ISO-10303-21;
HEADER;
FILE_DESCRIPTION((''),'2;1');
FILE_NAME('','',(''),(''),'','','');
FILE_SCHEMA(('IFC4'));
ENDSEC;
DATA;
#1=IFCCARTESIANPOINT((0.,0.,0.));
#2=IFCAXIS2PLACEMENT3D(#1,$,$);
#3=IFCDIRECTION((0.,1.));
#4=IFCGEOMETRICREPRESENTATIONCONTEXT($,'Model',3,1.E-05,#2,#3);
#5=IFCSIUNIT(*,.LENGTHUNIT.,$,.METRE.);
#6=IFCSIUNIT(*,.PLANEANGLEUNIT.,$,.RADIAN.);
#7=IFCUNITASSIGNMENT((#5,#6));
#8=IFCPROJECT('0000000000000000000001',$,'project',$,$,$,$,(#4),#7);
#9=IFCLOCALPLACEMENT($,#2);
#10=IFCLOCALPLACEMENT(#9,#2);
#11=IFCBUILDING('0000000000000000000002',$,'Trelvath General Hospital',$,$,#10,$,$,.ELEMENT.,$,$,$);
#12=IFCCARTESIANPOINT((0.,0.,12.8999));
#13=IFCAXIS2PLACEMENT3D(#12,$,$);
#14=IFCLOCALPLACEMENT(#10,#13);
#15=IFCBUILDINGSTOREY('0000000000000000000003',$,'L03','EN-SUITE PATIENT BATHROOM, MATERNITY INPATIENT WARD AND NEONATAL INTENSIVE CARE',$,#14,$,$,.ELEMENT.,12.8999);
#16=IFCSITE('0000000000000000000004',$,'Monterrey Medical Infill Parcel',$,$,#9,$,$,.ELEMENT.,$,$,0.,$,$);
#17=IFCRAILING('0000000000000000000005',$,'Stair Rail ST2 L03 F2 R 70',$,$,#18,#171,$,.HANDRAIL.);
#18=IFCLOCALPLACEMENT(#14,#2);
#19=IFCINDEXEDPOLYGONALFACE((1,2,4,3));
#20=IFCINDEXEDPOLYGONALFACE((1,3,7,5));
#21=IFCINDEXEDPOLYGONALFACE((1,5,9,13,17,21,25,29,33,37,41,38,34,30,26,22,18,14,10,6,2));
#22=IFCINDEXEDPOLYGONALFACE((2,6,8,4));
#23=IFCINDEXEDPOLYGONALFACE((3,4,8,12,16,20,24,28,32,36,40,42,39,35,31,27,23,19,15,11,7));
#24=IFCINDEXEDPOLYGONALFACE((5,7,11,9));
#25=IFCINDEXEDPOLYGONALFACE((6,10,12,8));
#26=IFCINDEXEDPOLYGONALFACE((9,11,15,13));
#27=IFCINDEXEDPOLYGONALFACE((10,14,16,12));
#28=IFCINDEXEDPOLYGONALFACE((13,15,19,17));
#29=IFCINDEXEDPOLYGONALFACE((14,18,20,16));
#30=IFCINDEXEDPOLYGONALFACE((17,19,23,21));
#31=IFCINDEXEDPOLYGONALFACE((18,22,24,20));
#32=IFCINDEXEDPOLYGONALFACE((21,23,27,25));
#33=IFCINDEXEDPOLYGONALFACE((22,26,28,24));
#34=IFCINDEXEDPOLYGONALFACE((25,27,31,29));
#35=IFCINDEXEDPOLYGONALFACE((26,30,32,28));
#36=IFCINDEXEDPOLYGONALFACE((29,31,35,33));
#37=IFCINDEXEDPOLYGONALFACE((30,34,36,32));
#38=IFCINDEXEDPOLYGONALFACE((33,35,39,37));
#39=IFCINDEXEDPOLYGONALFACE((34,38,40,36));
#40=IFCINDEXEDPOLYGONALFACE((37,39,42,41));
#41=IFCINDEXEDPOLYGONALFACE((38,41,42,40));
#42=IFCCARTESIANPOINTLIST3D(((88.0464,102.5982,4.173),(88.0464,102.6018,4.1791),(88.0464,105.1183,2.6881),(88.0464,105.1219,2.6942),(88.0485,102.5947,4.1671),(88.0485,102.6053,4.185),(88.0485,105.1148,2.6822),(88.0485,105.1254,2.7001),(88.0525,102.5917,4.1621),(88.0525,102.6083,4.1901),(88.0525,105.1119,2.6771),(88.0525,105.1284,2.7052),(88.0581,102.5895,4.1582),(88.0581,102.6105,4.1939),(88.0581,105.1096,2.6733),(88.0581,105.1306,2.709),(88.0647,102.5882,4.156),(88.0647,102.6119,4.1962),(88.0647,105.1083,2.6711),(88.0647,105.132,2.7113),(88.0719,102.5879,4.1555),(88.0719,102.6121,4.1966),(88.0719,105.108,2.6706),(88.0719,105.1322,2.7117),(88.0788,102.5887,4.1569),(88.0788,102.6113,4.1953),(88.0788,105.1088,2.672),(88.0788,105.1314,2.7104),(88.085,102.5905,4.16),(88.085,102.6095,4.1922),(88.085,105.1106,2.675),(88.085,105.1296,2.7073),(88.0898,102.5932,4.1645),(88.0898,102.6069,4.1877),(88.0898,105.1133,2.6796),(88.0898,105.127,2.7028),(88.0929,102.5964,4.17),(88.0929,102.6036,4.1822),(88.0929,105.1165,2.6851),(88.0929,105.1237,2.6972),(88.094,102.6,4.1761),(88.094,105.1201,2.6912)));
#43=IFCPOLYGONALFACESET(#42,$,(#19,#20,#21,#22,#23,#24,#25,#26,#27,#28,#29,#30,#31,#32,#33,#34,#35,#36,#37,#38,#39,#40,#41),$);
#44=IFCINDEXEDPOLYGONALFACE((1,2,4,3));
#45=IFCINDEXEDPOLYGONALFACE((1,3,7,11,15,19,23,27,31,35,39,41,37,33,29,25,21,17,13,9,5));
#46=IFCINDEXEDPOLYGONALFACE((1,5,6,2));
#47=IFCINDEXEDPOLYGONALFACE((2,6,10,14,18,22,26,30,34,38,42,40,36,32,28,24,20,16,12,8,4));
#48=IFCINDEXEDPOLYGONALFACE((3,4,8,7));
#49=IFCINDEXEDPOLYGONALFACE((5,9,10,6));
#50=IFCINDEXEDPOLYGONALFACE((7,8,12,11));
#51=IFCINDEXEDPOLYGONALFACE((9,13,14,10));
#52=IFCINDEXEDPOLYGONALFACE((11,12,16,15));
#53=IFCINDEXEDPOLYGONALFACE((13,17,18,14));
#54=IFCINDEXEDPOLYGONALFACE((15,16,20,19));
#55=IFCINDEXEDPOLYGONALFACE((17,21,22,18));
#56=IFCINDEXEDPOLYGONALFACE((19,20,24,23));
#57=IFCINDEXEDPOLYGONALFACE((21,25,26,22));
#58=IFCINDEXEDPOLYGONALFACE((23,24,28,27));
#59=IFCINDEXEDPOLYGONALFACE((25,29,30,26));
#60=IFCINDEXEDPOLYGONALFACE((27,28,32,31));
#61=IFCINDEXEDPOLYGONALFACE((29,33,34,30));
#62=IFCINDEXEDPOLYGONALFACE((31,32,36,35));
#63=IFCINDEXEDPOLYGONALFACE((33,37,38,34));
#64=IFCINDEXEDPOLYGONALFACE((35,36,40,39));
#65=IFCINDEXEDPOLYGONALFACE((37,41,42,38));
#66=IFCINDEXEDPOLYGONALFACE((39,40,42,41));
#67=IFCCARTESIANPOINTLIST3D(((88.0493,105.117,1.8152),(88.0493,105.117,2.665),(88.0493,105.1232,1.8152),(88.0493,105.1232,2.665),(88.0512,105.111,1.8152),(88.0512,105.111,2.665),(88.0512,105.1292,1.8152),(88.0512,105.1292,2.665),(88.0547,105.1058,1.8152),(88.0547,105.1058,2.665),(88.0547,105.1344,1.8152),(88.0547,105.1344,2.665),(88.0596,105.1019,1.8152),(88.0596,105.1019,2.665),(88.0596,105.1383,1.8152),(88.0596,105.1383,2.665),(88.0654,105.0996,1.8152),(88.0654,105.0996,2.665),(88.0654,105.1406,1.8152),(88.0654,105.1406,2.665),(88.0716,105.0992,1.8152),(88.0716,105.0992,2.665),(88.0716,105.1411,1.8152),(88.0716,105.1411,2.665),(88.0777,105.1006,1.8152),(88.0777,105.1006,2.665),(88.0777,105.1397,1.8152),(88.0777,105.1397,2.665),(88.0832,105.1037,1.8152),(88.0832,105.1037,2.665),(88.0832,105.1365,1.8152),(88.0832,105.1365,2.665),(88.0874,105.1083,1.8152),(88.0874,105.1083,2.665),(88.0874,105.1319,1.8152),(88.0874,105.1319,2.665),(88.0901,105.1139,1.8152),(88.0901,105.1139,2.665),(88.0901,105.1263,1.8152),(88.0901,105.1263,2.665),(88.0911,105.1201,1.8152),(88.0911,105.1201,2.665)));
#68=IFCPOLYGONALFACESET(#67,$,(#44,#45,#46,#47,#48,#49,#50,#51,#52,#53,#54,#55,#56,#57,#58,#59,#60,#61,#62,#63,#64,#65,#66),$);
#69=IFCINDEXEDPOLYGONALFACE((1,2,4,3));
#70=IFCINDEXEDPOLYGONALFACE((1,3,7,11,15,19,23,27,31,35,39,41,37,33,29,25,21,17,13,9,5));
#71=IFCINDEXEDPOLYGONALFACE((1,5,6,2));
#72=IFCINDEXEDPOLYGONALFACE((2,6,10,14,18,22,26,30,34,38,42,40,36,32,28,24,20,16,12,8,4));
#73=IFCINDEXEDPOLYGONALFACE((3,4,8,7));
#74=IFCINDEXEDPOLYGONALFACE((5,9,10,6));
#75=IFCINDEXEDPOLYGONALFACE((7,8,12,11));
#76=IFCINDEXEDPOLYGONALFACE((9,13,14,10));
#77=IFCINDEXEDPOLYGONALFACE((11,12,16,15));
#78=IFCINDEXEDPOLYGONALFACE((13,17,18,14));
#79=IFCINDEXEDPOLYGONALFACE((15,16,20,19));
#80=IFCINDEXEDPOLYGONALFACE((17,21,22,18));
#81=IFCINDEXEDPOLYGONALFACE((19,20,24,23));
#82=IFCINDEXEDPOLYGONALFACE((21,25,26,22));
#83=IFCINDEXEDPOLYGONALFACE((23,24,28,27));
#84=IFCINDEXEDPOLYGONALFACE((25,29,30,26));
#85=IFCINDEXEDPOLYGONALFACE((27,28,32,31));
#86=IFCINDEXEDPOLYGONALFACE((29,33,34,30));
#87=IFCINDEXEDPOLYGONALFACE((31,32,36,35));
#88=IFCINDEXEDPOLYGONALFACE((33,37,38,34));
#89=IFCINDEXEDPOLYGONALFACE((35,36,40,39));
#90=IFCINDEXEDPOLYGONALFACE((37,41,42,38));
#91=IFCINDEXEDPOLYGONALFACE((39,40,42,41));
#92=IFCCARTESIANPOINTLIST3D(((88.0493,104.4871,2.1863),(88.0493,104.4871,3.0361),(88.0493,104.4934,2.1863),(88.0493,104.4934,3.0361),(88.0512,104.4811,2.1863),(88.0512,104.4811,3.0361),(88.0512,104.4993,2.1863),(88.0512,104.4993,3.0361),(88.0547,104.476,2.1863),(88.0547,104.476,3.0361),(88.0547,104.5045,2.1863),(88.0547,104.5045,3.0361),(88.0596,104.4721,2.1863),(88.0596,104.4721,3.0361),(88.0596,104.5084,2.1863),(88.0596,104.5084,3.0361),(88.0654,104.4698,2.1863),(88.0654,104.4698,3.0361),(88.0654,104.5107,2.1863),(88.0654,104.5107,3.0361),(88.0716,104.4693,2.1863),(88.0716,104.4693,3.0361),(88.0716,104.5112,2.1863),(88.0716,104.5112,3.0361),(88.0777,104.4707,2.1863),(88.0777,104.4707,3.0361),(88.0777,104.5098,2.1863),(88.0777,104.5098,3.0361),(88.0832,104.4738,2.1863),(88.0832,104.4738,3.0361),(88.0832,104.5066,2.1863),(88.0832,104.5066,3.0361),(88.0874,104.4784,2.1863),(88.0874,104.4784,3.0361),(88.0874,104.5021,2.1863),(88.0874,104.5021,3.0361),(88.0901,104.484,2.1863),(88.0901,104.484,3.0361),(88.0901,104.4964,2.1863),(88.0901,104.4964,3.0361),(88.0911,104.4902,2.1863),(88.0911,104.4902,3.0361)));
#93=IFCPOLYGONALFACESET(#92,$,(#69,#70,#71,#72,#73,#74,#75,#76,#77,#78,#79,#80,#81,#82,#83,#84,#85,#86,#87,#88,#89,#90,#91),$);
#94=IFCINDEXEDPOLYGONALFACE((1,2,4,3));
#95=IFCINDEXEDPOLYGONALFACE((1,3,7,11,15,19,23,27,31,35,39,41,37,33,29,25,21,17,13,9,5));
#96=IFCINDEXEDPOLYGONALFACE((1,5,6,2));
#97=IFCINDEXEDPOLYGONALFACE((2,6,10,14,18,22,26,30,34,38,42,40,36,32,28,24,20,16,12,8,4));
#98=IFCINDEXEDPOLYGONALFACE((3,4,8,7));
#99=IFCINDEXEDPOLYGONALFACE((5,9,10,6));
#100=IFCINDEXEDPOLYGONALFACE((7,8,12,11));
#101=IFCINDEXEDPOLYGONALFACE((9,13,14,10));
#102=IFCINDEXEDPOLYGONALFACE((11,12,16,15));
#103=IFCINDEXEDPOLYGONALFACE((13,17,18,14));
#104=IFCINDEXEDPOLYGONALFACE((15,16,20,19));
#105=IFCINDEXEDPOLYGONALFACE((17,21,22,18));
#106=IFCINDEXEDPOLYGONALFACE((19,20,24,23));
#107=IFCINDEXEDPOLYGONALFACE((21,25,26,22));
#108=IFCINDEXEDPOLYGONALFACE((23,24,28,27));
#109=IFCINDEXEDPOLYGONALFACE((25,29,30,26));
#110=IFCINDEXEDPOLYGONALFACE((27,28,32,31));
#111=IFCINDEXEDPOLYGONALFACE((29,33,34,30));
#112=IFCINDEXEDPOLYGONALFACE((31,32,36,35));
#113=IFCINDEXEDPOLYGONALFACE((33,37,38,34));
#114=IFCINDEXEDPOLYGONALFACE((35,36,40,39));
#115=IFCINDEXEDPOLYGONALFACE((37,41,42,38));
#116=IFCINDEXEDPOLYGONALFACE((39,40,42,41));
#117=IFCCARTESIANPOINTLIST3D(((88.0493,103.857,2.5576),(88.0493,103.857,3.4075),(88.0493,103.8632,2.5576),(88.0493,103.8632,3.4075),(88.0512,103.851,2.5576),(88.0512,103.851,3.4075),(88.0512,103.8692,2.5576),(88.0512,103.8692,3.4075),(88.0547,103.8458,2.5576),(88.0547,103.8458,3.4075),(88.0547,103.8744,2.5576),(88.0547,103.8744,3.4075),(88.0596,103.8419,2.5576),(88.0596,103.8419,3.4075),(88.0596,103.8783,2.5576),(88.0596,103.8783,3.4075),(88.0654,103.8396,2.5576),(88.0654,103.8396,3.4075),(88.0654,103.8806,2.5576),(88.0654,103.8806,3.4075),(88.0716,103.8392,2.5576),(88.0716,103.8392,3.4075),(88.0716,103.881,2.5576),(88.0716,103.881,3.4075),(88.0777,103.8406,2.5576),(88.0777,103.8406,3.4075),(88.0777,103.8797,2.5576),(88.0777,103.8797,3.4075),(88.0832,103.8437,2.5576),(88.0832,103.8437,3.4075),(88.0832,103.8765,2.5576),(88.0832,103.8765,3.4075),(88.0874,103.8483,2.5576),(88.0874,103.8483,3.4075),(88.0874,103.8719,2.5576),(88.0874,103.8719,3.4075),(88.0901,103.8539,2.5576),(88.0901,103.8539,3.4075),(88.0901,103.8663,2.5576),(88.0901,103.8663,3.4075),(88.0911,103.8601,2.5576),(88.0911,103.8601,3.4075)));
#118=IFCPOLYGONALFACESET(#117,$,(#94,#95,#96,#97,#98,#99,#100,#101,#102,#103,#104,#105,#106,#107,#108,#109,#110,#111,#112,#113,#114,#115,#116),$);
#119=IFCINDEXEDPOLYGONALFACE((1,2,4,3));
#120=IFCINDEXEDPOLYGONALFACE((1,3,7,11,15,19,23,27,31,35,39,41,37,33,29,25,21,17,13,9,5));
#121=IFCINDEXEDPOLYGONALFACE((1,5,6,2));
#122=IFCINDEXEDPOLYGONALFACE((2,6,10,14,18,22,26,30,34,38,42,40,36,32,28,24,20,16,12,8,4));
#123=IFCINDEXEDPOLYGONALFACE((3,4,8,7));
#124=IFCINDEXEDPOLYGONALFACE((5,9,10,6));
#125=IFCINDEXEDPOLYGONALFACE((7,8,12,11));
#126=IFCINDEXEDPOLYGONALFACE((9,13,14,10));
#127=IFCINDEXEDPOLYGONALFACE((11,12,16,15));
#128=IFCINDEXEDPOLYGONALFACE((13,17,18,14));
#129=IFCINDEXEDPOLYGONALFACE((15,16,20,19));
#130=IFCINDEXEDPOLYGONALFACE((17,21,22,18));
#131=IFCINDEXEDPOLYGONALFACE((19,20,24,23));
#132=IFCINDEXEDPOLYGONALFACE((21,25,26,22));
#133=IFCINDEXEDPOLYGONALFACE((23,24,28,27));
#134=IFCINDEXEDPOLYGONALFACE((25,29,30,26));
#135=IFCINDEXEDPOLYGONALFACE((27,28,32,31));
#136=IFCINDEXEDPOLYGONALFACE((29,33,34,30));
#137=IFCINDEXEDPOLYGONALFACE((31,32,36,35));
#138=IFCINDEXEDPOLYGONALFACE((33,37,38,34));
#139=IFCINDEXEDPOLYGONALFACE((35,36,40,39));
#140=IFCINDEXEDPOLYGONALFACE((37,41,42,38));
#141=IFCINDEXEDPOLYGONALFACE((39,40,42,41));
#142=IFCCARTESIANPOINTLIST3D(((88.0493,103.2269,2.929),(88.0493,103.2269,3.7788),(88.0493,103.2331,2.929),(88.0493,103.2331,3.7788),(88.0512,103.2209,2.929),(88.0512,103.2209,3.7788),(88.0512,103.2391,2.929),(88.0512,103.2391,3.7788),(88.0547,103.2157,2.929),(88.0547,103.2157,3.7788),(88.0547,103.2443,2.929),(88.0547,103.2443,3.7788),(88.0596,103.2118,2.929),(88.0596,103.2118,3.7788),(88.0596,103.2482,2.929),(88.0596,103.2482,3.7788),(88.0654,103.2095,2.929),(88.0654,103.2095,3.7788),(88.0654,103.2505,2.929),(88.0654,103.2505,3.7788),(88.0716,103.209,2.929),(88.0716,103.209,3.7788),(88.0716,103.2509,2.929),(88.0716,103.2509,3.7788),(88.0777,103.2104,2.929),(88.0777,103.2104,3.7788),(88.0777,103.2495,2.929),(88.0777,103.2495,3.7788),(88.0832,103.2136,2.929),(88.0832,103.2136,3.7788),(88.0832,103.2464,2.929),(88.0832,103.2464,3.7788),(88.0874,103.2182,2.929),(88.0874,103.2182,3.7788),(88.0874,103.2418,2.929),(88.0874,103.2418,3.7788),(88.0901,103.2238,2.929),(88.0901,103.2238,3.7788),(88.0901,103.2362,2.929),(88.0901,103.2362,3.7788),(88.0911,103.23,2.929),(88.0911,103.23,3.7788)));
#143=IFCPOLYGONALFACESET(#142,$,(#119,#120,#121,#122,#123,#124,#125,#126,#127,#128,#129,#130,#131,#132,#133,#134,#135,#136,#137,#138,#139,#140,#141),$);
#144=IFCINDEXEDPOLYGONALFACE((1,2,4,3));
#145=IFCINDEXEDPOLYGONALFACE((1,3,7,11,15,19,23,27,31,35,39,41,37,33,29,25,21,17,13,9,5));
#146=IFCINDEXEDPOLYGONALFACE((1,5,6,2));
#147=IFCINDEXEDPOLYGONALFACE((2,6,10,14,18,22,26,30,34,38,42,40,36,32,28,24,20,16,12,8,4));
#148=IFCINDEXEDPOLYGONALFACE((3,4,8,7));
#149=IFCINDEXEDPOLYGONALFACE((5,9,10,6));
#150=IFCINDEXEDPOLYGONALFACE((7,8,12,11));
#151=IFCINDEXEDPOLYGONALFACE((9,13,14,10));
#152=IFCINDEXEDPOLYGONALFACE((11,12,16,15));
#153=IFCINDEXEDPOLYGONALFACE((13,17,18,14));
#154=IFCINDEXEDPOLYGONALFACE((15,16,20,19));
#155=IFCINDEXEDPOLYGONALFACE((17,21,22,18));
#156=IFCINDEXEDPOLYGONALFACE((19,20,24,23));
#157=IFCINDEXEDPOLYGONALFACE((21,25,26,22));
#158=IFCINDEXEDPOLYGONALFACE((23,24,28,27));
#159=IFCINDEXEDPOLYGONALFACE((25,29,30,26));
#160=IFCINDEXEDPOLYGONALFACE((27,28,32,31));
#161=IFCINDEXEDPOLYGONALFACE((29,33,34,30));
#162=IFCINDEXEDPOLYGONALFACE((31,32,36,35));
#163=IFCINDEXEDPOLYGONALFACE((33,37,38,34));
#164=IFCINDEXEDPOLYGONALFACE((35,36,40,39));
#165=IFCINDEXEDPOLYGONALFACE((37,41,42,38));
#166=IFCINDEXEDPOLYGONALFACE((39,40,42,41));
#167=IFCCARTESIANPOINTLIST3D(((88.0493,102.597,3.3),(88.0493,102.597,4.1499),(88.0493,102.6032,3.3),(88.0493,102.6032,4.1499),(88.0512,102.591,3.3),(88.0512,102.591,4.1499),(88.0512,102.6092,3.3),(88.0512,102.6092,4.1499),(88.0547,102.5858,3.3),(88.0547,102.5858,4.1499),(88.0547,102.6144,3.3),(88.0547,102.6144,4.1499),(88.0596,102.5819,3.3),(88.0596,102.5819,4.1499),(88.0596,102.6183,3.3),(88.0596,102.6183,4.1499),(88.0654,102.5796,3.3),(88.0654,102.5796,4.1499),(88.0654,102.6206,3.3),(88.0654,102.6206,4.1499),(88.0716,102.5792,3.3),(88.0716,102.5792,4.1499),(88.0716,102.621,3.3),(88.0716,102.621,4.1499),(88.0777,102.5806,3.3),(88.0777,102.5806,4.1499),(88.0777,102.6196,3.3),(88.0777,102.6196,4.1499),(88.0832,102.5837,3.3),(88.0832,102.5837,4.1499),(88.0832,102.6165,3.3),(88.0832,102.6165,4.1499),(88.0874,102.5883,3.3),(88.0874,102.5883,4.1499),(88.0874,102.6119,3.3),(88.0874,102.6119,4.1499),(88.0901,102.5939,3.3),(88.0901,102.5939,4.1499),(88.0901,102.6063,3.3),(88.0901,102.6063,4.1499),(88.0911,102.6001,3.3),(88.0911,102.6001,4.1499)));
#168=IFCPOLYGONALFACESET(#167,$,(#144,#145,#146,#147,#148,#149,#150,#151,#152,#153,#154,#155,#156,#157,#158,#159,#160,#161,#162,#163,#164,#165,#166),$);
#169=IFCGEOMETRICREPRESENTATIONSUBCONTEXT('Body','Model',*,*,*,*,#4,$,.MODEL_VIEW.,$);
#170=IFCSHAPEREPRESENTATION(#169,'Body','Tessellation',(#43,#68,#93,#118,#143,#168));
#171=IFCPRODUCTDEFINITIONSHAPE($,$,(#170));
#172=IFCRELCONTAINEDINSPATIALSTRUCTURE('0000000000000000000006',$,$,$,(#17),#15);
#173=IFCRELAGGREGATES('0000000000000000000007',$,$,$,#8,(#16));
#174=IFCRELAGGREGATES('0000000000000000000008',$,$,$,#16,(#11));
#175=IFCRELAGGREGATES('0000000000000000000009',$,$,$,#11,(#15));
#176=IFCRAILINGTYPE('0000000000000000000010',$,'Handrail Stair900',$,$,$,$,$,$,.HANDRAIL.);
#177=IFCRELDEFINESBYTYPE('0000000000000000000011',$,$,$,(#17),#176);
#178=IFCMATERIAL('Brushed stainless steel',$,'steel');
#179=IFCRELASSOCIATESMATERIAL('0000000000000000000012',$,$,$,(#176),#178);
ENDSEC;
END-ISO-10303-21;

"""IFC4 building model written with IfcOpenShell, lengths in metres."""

from ifc_helpers import new_model, si_unit, direction, frame, origin, origin_2d, place, context, subcontext, project, spatial, circle, extrude, material, type_object, element, save


model = new_model("IFC4")

# Units and contexts
model_context = context("Model", 3, precision=1e-05, world=origin(), true_north=direction((0.0, 1.0)))
body_context = subcontext(model_context, "Body", "Model", "MODEL_VIEW")
ifc_project = project(units=[si_unit("LENGTHUNIT", "METRE"), si_unit("PLANEANGLEUNIT", "RADIAN")], contexts=[model_context])

# Site, building, storey
site_placement = place(None, origin())
site = spatial("IfcSite", under=ifc_project, at=site_placement, Name="Monterrey Medical Infill Parcel", CompositionType="ELEMENT", RefElevation=0.0)
building_placement = place(site_placement, origin())
building = spatial("IfcBuilding", under=site, at=building_placement, Name="Trelvath General Hospital", CompositionType="ELEMENT")
storey_placement = place(building_placement, frame((0.0, 0.0, 12.8999)))
storey = spatial("IfcBuildingStorey", under=building, at=storey_placement, Name="L03", Description="EN-SUITE PATIENT BATHROOM, MATERNITY INPATIENT WARD AND NEONATAL INTENSIVE CARE", CompositionType="ELEMENT", Elevation=12.8999)

# Railing
ifc_material_1 = material(Name="Brushed stainless steel", Category="steel")
railing_type_1 = type_object("IfcRailingType", Name="Handrail Stair900", PredefinedType="HANDRAIL", material=ifc_material_1)
railing_1_placement = place(storey_placement, frame((88.0701, 105.1201, 1.8152)))
element("IfcRailing", 1, at=railing_1_placement, inside=storey, type_object=railing_type_1, Name="Stair Rail ST2 L03 F2 R 70", PredefinedType="HANDRAIL", context=body_context, shape_type="SweptSolid", body=[
    extrude(circle(Radius=0.0239, at=origin_2d()), frame((0.0, 0.0, 0.876), z_axis=(0.0, -0.861561, 0.507655), x_axis=(1.0, 0.0, 0.0)), (0.0, 0.0, 1.0), 2.925),
    extrude(circle(Radius=0.021, at=origin_2d()), origin(), (0.0, 0.0, 1.0), 0.8499),
    extrude(circle(Radius=0.021, at=origin_2d()), frame((0.0, -0.6299, 0.3711)), (0.0, 0.0, 1.0), 0.8499),
    extrude(circle(Radius=0.021, at=origin_2d()), frame((0.0, -1.26, 0.7424)), (0.0, 0.0, 1.0), 0.8499),
    extrude(circle(Radius=0.021, at=origin_2d()), frame((0.0, -1.8901, 1.1138)), (0.0, 0.0, 1.0), 0.8499),
    extrude(circle(Radius=0.021, at=origin_2d()), frame((0.0, -2.52, 1.4849)), (0.0, 0.0, 1.0), 0.8499),
])

save(model, "model.ifc")
